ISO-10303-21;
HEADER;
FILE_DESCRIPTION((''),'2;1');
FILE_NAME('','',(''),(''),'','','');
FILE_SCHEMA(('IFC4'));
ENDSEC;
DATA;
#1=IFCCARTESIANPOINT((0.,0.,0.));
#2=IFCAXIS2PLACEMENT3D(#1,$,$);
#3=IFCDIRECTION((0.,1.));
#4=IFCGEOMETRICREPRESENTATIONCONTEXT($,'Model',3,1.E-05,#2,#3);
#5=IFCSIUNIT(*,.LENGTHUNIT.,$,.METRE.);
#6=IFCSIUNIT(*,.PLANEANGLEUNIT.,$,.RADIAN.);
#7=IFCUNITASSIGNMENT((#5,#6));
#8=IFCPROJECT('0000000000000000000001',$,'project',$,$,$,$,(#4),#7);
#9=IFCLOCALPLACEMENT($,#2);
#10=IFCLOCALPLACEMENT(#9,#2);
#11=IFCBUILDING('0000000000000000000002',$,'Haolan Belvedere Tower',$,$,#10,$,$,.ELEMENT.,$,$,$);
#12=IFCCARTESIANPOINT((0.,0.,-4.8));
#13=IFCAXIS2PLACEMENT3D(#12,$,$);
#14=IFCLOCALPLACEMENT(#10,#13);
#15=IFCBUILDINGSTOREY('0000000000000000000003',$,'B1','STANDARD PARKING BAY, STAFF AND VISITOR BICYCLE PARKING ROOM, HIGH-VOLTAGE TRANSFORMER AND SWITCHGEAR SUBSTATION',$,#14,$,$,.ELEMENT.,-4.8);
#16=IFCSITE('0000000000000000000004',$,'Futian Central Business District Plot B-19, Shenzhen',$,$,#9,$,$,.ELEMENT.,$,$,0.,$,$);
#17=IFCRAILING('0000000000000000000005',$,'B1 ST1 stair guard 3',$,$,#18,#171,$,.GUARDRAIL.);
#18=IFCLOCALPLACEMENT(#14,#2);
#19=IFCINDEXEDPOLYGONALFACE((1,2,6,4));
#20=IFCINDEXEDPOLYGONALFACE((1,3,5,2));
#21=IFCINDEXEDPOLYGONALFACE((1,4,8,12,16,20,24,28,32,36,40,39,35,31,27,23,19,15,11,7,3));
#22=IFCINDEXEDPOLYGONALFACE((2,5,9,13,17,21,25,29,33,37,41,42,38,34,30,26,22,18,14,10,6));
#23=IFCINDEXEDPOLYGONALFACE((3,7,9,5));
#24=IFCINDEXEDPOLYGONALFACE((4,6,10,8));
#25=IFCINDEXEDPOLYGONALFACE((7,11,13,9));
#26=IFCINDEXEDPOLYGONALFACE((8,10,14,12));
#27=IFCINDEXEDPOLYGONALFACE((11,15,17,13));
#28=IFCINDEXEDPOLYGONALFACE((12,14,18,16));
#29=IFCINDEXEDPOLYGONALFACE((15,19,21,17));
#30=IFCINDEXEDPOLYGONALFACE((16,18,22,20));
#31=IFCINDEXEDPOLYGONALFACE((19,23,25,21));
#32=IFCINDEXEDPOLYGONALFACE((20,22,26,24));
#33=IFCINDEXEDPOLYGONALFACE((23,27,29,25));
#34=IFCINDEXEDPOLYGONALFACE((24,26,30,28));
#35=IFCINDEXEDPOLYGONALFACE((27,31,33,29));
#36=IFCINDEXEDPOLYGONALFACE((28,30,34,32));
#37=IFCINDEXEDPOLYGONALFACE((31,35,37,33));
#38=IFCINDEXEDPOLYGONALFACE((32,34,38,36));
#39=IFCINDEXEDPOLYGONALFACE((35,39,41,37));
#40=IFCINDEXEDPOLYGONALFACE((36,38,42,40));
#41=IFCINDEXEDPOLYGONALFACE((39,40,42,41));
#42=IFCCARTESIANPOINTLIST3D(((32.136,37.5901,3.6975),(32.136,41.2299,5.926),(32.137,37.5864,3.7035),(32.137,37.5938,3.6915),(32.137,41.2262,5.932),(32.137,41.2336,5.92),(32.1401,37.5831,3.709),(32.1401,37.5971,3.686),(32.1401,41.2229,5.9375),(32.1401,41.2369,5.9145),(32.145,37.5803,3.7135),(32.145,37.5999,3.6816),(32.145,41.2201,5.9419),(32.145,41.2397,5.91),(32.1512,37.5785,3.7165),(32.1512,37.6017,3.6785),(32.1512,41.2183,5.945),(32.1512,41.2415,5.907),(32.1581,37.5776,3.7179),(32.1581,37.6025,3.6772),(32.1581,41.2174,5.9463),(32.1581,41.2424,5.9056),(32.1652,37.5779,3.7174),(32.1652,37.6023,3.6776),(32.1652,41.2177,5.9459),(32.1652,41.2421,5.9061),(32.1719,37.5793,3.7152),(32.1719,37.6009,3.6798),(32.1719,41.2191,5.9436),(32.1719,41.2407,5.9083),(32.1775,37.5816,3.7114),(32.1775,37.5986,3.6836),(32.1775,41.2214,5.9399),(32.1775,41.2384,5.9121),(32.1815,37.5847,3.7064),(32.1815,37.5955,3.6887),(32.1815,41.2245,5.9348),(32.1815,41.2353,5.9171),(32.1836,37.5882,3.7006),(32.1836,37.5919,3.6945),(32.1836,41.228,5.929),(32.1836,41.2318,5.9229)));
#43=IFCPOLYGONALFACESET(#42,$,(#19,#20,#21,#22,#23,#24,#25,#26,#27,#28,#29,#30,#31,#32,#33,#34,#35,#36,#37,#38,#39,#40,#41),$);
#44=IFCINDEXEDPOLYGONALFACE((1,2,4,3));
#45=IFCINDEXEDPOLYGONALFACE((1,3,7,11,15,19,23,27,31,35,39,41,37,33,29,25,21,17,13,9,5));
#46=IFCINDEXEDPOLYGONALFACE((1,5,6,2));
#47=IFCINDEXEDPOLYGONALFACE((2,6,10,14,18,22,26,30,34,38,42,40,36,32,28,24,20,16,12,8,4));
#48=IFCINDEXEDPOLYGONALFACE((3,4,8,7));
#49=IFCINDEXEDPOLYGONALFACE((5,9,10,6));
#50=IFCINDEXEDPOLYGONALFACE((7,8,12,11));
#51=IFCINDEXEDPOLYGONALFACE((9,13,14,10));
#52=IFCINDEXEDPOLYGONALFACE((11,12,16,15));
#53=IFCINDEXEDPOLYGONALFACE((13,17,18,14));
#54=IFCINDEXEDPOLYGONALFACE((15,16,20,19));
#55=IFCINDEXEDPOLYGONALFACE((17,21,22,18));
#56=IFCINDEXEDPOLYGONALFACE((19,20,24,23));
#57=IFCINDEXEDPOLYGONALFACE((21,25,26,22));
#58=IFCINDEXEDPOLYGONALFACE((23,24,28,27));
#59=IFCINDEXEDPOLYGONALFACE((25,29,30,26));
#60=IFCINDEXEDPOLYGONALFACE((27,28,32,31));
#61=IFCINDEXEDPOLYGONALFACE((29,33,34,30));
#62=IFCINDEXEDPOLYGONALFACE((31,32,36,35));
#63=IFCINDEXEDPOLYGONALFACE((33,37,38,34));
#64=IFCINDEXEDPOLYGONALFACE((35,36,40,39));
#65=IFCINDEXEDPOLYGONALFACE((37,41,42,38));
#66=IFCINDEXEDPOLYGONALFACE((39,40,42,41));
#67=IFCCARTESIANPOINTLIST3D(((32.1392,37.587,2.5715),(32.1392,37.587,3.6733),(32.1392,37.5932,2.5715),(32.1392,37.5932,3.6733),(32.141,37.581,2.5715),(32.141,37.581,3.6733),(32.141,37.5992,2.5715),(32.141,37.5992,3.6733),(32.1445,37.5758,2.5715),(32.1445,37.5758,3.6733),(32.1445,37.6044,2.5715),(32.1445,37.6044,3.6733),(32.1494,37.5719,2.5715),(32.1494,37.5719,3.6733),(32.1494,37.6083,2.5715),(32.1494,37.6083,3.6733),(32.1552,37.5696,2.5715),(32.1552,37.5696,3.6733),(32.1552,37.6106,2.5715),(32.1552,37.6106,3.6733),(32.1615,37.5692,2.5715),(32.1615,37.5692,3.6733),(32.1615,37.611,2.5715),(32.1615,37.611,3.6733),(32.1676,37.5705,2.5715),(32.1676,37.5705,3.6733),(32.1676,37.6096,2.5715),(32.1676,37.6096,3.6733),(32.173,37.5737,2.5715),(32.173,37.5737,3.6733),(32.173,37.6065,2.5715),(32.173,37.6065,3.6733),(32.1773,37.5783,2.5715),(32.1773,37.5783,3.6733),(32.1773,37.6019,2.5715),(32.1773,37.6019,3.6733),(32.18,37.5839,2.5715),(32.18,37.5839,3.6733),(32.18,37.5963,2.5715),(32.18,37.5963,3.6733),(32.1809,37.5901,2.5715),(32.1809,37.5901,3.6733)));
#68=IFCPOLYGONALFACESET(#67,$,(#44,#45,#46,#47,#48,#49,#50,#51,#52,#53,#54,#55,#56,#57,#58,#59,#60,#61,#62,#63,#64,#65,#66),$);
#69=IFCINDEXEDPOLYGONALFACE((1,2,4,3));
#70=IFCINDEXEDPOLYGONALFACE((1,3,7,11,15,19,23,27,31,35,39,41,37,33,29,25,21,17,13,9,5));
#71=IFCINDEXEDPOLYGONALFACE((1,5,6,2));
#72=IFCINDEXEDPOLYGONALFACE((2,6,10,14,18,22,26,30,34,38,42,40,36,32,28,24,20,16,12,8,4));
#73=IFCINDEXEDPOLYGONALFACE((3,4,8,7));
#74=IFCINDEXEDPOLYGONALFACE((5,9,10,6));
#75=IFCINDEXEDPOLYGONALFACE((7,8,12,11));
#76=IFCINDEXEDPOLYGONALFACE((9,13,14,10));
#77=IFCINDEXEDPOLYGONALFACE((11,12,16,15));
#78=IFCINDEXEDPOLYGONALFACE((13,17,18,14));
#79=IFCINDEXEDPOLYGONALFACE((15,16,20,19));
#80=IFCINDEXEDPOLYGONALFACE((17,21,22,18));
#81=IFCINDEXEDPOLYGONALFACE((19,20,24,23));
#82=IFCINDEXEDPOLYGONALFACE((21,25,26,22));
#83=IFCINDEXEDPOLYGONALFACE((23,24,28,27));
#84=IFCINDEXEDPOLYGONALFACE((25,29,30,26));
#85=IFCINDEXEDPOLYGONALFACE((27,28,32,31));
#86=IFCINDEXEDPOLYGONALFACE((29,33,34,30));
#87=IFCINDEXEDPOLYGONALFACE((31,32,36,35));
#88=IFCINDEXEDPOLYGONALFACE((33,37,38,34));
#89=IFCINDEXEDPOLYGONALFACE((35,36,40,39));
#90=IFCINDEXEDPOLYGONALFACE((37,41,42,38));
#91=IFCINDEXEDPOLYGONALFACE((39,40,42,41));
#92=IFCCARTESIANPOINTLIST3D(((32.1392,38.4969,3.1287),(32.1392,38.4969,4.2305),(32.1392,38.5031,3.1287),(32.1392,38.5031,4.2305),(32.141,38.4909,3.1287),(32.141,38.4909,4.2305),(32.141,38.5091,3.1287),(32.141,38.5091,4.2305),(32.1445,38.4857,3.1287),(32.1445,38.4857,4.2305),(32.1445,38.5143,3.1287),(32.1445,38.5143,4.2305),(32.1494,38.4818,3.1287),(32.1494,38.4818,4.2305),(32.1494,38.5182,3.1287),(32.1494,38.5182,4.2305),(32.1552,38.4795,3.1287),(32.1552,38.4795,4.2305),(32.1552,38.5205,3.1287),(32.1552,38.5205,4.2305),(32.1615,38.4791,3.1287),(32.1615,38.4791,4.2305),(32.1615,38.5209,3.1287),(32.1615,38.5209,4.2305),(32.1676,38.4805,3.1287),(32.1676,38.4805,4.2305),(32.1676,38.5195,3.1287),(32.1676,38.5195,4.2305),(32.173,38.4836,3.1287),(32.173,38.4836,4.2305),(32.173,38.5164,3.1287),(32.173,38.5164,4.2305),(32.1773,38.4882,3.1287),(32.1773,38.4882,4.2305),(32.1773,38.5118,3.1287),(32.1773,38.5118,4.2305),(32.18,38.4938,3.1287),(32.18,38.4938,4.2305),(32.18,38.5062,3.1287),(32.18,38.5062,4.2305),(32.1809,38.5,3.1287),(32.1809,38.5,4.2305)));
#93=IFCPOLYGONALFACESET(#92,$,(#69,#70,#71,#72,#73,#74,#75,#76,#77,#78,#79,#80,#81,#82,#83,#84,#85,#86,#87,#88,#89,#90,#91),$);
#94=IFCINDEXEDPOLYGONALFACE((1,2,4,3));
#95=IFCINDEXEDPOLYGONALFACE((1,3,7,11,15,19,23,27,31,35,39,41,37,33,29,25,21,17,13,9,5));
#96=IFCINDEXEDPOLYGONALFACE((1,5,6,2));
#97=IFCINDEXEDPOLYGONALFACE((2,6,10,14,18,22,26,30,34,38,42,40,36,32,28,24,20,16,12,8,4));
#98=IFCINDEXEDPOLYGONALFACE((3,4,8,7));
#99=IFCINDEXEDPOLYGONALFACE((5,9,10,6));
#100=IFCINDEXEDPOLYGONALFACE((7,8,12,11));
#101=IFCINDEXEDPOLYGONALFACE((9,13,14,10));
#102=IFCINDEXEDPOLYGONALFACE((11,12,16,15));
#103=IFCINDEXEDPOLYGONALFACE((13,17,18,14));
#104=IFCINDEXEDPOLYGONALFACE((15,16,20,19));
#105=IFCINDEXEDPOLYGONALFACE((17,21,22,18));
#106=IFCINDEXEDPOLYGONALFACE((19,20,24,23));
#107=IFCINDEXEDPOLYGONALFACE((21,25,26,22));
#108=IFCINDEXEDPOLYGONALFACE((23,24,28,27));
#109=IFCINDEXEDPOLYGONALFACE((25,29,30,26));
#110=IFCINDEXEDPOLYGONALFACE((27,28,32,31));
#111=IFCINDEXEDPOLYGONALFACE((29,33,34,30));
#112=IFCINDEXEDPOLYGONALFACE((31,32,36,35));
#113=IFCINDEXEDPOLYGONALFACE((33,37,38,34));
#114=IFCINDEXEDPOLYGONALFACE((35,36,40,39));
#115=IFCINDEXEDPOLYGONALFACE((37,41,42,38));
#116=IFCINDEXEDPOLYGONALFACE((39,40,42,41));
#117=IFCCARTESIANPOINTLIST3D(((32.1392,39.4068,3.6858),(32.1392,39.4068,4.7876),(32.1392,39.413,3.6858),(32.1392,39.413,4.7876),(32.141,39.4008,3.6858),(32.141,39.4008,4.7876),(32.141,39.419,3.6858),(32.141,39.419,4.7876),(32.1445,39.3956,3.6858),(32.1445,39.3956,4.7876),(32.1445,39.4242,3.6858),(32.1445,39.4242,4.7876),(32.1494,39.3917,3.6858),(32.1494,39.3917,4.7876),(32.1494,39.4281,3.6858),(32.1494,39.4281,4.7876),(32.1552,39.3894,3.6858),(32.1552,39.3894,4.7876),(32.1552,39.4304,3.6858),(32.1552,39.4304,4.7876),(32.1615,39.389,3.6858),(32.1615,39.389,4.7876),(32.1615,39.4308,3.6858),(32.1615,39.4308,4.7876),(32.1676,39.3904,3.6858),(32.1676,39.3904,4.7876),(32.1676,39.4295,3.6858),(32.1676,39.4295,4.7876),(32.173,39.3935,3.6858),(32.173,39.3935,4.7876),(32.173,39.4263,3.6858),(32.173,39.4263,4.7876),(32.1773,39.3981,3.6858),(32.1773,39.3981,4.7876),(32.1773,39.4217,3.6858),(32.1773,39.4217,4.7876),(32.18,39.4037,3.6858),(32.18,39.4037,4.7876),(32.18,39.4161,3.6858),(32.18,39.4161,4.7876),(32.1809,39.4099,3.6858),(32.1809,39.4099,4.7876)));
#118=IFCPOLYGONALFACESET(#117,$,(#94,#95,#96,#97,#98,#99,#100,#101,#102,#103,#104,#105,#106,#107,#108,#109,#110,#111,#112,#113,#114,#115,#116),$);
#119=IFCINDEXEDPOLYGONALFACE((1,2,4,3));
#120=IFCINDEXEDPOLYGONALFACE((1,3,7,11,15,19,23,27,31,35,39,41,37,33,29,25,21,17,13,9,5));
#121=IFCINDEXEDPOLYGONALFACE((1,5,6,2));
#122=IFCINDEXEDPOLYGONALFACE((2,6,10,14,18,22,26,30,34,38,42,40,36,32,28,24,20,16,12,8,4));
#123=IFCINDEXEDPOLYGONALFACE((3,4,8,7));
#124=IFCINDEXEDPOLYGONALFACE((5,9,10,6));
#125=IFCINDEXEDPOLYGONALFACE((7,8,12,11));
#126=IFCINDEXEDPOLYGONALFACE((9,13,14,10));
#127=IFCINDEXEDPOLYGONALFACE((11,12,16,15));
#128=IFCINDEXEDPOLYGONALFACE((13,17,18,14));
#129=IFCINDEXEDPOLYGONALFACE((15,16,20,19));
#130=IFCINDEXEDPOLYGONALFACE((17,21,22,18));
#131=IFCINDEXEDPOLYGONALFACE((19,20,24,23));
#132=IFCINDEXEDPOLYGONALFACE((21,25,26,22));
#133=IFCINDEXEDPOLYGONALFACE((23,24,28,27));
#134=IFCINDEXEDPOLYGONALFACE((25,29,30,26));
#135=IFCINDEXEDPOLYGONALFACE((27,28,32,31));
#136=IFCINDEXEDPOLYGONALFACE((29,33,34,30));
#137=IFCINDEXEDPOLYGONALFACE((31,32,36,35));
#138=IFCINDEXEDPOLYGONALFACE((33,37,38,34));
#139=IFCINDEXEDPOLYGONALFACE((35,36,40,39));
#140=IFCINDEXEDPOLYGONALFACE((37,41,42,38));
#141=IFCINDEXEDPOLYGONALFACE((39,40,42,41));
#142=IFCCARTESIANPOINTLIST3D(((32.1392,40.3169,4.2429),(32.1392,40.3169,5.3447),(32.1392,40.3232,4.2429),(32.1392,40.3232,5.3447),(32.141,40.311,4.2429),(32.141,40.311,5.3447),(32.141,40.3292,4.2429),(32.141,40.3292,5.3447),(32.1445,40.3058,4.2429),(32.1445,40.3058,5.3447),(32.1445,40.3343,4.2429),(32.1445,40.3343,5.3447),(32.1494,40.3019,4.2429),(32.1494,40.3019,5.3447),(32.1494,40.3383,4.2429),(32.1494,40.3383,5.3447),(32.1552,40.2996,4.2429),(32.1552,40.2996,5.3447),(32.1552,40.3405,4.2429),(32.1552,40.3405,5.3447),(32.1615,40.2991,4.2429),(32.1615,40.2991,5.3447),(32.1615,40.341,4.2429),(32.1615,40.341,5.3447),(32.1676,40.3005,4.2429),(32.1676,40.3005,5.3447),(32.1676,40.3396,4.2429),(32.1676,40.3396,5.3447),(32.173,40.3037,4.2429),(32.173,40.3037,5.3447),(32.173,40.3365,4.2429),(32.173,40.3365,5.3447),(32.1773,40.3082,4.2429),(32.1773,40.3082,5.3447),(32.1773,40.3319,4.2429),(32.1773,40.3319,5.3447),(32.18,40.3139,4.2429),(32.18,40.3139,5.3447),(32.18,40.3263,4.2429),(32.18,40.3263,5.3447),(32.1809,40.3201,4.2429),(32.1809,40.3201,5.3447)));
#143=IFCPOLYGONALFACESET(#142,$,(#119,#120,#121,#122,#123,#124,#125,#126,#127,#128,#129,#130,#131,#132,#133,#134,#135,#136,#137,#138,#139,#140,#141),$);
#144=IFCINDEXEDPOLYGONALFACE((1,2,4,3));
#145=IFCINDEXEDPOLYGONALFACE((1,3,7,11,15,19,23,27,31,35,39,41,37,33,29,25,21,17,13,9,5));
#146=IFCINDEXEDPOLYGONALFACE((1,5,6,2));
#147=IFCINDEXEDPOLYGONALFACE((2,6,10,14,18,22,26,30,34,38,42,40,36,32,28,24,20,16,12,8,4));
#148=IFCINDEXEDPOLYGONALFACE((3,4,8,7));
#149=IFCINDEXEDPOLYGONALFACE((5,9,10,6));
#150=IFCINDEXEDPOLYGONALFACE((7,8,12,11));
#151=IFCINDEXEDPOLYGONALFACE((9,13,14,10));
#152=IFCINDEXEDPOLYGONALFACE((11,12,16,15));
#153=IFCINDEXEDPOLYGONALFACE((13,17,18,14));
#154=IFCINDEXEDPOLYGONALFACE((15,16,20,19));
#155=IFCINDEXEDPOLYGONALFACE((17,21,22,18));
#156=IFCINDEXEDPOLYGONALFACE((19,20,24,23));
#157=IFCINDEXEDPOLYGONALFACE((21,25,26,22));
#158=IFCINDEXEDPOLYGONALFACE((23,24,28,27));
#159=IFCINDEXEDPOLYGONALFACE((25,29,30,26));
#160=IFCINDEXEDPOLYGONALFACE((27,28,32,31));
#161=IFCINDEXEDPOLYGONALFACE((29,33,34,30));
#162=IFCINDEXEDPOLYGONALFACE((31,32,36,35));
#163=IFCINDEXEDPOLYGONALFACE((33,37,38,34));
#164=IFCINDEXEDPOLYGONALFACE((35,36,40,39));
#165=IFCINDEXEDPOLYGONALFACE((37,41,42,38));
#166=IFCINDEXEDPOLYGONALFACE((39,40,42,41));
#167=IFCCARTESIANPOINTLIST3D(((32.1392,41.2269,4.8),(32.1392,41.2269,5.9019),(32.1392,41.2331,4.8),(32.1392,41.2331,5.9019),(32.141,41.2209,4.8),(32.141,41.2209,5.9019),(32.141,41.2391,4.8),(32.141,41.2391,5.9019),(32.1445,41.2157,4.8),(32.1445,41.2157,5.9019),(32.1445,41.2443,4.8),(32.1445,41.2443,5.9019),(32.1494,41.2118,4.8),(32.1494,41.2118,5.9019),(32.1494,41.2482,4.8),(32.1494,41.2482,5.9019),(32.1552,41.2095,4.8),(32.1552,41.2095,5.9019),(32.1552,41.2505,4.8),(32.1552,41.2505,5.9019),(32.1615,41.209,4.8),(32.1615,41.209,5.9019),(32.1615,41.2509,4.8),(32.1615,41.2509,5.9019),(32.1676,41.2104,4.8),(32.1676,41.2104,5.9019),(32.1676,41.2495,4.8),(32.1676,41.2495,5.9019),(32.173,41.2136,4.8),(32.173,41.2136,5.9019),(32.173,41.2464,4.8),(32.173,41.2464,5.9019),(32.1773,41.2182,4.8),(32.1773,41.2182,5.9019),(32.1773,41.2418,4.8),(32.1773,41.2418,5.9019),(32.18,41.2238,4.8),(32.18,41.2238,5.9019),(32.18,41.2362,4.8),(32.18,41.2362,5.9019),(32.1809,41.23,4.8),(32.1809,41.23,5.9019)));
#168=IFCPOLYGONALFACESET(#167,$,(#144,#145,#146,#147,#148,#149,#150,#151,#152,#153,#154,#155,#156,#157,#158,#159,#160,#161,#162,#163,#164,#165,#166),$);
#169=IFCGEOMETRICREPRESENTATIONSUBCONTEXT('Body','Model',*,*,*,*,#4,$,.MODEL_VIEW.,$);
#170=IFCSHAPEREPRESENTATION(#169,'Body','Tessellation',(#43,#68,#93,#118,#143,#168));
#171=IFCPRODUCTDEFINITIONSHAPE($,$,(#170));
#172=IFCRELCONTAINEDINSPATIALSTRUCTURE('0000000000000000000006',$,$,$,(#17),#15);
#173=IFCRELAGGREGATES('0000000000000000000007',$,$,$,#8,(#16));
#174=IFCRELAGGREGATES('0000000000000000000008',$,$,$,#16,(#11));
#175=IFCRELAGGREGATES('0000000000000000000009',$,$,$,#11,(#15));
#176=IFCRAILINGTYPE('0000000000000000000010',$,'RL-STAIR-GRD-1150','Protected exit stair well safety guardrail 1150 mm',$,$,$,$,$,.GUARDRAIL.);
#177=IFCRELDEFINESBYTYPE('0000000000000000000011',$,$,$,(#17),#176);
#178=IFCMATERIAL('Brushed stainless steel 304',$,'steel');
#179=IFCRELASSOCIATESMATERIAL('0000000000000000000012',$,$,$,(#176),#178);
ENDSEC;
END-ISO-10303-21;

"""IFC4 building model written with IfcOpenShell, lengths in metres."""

from ifc_helpers import new_model, si_unit, direction, frame, origin, origin_2d, place, context, subcontext, project, spatial, circle, extrude, material, type_object, element, save


model = new_model("IFC4")

# Units and contexts
model_context = context("Model", 3, precision=1e-05, world=origin(), true_north=direction((0.0, 1.0)))
body_context = subcontext(model_context, "Body", "Model", "MODEL_VIEW")
ifc_project = project(units=[si_unit("LENGTHUNIT", "METRE"), si_unit("PLANEANGLEUNIT", "RADIAN")], contexts=[model_context])

# Site, building, storey
site_placement = place(None, origin())
site = spatial("IfcSite", under=ifc_project, at=site_placement, Name="Futian Central Business District Plot B-19, Shenzhen", CompositionType="ELEMENT", RefElevation=0.0)
building_placement = place(site_placement, origin())
building = spatial("IfcBuilding", under=site, at=building_placement, Name="Haolan Belvedere Tower", CompositionType="ELEMENT")
storey_placement = place(building_placement, frame((0.0, 0.0, -4.8)))
storey = spatial("IfcBuildingStorey", under=building, at=storey_placement, Name="B1", Description="STANDARD PARKING BAY, STAFF AND VISITOR BICYCLE PARKING ROOM, HIGH-VOLTAGE TRANSFORMER AND SWITCHGEAR SUBSTATION", CompositionType="ELEMENT", Elevation=-4.8)

# Railing
ifc_material_1 = material(Name="Brushed stainless steel 304", Category="steel")
railing_type_1 = type_object("IfcRailingType", Name="RL-STAIR-GRD-1150", Description="Protected exit stair well safety guardrail 1150 mm", PredefinedType="GUARDRAIL", material=ifc_material_1)
railing_1_placement = place(storey_placement, frame((32.1599, 37.5901, 2.5715)))
element("IfcRailing", 1, at=railing_1_placement, inside=storey, type_object=railing_type_1, Name="B1 ST1 stair guard 3", PredefinedType="GUARDRAIL", context=body_context, shape_type="SweptSolid", body=[
    extrude(circle(Radius=0.0239, at=origin_2d()), frame((0.0, 0.0, 1.126), z_axis=(0.0, 0.85285, 0.522156), x_axis=(-1.0, 0.0, 0.0)), (0.0, 0.0, 1.0), 4.2678),
    extrude(circle(Radius=0.021, at=origin_2d()), origin(), (0.0, 0.0, 1.0), 1.1018),
    extrude(circle(Radius=0.021, at=origin_2d()), frame((0.0, 0.9099, 0.5571)), (0.0, 0.0, 1.0), 1.1018),
    extrude(circle(Radius=0.021, at=origin_2d()), frame((0.0, 1.8198, 1.1143)), (0.0, 0.0, 1.0), 1.1018),
    extrude(circle(Radius=0.021, at=origin_2d()), frame((0.0, 2.73, 1.6714)), (0.0, 0.0, 1.0), 1.1018),
    extrude(circle(Radius=0.021, at=origin_2d()), frame((0.0, 3.6399, 2.2285)), (0.0, 0.0, 1.0), 1.1018),
])

save(model, "model.ifc")
